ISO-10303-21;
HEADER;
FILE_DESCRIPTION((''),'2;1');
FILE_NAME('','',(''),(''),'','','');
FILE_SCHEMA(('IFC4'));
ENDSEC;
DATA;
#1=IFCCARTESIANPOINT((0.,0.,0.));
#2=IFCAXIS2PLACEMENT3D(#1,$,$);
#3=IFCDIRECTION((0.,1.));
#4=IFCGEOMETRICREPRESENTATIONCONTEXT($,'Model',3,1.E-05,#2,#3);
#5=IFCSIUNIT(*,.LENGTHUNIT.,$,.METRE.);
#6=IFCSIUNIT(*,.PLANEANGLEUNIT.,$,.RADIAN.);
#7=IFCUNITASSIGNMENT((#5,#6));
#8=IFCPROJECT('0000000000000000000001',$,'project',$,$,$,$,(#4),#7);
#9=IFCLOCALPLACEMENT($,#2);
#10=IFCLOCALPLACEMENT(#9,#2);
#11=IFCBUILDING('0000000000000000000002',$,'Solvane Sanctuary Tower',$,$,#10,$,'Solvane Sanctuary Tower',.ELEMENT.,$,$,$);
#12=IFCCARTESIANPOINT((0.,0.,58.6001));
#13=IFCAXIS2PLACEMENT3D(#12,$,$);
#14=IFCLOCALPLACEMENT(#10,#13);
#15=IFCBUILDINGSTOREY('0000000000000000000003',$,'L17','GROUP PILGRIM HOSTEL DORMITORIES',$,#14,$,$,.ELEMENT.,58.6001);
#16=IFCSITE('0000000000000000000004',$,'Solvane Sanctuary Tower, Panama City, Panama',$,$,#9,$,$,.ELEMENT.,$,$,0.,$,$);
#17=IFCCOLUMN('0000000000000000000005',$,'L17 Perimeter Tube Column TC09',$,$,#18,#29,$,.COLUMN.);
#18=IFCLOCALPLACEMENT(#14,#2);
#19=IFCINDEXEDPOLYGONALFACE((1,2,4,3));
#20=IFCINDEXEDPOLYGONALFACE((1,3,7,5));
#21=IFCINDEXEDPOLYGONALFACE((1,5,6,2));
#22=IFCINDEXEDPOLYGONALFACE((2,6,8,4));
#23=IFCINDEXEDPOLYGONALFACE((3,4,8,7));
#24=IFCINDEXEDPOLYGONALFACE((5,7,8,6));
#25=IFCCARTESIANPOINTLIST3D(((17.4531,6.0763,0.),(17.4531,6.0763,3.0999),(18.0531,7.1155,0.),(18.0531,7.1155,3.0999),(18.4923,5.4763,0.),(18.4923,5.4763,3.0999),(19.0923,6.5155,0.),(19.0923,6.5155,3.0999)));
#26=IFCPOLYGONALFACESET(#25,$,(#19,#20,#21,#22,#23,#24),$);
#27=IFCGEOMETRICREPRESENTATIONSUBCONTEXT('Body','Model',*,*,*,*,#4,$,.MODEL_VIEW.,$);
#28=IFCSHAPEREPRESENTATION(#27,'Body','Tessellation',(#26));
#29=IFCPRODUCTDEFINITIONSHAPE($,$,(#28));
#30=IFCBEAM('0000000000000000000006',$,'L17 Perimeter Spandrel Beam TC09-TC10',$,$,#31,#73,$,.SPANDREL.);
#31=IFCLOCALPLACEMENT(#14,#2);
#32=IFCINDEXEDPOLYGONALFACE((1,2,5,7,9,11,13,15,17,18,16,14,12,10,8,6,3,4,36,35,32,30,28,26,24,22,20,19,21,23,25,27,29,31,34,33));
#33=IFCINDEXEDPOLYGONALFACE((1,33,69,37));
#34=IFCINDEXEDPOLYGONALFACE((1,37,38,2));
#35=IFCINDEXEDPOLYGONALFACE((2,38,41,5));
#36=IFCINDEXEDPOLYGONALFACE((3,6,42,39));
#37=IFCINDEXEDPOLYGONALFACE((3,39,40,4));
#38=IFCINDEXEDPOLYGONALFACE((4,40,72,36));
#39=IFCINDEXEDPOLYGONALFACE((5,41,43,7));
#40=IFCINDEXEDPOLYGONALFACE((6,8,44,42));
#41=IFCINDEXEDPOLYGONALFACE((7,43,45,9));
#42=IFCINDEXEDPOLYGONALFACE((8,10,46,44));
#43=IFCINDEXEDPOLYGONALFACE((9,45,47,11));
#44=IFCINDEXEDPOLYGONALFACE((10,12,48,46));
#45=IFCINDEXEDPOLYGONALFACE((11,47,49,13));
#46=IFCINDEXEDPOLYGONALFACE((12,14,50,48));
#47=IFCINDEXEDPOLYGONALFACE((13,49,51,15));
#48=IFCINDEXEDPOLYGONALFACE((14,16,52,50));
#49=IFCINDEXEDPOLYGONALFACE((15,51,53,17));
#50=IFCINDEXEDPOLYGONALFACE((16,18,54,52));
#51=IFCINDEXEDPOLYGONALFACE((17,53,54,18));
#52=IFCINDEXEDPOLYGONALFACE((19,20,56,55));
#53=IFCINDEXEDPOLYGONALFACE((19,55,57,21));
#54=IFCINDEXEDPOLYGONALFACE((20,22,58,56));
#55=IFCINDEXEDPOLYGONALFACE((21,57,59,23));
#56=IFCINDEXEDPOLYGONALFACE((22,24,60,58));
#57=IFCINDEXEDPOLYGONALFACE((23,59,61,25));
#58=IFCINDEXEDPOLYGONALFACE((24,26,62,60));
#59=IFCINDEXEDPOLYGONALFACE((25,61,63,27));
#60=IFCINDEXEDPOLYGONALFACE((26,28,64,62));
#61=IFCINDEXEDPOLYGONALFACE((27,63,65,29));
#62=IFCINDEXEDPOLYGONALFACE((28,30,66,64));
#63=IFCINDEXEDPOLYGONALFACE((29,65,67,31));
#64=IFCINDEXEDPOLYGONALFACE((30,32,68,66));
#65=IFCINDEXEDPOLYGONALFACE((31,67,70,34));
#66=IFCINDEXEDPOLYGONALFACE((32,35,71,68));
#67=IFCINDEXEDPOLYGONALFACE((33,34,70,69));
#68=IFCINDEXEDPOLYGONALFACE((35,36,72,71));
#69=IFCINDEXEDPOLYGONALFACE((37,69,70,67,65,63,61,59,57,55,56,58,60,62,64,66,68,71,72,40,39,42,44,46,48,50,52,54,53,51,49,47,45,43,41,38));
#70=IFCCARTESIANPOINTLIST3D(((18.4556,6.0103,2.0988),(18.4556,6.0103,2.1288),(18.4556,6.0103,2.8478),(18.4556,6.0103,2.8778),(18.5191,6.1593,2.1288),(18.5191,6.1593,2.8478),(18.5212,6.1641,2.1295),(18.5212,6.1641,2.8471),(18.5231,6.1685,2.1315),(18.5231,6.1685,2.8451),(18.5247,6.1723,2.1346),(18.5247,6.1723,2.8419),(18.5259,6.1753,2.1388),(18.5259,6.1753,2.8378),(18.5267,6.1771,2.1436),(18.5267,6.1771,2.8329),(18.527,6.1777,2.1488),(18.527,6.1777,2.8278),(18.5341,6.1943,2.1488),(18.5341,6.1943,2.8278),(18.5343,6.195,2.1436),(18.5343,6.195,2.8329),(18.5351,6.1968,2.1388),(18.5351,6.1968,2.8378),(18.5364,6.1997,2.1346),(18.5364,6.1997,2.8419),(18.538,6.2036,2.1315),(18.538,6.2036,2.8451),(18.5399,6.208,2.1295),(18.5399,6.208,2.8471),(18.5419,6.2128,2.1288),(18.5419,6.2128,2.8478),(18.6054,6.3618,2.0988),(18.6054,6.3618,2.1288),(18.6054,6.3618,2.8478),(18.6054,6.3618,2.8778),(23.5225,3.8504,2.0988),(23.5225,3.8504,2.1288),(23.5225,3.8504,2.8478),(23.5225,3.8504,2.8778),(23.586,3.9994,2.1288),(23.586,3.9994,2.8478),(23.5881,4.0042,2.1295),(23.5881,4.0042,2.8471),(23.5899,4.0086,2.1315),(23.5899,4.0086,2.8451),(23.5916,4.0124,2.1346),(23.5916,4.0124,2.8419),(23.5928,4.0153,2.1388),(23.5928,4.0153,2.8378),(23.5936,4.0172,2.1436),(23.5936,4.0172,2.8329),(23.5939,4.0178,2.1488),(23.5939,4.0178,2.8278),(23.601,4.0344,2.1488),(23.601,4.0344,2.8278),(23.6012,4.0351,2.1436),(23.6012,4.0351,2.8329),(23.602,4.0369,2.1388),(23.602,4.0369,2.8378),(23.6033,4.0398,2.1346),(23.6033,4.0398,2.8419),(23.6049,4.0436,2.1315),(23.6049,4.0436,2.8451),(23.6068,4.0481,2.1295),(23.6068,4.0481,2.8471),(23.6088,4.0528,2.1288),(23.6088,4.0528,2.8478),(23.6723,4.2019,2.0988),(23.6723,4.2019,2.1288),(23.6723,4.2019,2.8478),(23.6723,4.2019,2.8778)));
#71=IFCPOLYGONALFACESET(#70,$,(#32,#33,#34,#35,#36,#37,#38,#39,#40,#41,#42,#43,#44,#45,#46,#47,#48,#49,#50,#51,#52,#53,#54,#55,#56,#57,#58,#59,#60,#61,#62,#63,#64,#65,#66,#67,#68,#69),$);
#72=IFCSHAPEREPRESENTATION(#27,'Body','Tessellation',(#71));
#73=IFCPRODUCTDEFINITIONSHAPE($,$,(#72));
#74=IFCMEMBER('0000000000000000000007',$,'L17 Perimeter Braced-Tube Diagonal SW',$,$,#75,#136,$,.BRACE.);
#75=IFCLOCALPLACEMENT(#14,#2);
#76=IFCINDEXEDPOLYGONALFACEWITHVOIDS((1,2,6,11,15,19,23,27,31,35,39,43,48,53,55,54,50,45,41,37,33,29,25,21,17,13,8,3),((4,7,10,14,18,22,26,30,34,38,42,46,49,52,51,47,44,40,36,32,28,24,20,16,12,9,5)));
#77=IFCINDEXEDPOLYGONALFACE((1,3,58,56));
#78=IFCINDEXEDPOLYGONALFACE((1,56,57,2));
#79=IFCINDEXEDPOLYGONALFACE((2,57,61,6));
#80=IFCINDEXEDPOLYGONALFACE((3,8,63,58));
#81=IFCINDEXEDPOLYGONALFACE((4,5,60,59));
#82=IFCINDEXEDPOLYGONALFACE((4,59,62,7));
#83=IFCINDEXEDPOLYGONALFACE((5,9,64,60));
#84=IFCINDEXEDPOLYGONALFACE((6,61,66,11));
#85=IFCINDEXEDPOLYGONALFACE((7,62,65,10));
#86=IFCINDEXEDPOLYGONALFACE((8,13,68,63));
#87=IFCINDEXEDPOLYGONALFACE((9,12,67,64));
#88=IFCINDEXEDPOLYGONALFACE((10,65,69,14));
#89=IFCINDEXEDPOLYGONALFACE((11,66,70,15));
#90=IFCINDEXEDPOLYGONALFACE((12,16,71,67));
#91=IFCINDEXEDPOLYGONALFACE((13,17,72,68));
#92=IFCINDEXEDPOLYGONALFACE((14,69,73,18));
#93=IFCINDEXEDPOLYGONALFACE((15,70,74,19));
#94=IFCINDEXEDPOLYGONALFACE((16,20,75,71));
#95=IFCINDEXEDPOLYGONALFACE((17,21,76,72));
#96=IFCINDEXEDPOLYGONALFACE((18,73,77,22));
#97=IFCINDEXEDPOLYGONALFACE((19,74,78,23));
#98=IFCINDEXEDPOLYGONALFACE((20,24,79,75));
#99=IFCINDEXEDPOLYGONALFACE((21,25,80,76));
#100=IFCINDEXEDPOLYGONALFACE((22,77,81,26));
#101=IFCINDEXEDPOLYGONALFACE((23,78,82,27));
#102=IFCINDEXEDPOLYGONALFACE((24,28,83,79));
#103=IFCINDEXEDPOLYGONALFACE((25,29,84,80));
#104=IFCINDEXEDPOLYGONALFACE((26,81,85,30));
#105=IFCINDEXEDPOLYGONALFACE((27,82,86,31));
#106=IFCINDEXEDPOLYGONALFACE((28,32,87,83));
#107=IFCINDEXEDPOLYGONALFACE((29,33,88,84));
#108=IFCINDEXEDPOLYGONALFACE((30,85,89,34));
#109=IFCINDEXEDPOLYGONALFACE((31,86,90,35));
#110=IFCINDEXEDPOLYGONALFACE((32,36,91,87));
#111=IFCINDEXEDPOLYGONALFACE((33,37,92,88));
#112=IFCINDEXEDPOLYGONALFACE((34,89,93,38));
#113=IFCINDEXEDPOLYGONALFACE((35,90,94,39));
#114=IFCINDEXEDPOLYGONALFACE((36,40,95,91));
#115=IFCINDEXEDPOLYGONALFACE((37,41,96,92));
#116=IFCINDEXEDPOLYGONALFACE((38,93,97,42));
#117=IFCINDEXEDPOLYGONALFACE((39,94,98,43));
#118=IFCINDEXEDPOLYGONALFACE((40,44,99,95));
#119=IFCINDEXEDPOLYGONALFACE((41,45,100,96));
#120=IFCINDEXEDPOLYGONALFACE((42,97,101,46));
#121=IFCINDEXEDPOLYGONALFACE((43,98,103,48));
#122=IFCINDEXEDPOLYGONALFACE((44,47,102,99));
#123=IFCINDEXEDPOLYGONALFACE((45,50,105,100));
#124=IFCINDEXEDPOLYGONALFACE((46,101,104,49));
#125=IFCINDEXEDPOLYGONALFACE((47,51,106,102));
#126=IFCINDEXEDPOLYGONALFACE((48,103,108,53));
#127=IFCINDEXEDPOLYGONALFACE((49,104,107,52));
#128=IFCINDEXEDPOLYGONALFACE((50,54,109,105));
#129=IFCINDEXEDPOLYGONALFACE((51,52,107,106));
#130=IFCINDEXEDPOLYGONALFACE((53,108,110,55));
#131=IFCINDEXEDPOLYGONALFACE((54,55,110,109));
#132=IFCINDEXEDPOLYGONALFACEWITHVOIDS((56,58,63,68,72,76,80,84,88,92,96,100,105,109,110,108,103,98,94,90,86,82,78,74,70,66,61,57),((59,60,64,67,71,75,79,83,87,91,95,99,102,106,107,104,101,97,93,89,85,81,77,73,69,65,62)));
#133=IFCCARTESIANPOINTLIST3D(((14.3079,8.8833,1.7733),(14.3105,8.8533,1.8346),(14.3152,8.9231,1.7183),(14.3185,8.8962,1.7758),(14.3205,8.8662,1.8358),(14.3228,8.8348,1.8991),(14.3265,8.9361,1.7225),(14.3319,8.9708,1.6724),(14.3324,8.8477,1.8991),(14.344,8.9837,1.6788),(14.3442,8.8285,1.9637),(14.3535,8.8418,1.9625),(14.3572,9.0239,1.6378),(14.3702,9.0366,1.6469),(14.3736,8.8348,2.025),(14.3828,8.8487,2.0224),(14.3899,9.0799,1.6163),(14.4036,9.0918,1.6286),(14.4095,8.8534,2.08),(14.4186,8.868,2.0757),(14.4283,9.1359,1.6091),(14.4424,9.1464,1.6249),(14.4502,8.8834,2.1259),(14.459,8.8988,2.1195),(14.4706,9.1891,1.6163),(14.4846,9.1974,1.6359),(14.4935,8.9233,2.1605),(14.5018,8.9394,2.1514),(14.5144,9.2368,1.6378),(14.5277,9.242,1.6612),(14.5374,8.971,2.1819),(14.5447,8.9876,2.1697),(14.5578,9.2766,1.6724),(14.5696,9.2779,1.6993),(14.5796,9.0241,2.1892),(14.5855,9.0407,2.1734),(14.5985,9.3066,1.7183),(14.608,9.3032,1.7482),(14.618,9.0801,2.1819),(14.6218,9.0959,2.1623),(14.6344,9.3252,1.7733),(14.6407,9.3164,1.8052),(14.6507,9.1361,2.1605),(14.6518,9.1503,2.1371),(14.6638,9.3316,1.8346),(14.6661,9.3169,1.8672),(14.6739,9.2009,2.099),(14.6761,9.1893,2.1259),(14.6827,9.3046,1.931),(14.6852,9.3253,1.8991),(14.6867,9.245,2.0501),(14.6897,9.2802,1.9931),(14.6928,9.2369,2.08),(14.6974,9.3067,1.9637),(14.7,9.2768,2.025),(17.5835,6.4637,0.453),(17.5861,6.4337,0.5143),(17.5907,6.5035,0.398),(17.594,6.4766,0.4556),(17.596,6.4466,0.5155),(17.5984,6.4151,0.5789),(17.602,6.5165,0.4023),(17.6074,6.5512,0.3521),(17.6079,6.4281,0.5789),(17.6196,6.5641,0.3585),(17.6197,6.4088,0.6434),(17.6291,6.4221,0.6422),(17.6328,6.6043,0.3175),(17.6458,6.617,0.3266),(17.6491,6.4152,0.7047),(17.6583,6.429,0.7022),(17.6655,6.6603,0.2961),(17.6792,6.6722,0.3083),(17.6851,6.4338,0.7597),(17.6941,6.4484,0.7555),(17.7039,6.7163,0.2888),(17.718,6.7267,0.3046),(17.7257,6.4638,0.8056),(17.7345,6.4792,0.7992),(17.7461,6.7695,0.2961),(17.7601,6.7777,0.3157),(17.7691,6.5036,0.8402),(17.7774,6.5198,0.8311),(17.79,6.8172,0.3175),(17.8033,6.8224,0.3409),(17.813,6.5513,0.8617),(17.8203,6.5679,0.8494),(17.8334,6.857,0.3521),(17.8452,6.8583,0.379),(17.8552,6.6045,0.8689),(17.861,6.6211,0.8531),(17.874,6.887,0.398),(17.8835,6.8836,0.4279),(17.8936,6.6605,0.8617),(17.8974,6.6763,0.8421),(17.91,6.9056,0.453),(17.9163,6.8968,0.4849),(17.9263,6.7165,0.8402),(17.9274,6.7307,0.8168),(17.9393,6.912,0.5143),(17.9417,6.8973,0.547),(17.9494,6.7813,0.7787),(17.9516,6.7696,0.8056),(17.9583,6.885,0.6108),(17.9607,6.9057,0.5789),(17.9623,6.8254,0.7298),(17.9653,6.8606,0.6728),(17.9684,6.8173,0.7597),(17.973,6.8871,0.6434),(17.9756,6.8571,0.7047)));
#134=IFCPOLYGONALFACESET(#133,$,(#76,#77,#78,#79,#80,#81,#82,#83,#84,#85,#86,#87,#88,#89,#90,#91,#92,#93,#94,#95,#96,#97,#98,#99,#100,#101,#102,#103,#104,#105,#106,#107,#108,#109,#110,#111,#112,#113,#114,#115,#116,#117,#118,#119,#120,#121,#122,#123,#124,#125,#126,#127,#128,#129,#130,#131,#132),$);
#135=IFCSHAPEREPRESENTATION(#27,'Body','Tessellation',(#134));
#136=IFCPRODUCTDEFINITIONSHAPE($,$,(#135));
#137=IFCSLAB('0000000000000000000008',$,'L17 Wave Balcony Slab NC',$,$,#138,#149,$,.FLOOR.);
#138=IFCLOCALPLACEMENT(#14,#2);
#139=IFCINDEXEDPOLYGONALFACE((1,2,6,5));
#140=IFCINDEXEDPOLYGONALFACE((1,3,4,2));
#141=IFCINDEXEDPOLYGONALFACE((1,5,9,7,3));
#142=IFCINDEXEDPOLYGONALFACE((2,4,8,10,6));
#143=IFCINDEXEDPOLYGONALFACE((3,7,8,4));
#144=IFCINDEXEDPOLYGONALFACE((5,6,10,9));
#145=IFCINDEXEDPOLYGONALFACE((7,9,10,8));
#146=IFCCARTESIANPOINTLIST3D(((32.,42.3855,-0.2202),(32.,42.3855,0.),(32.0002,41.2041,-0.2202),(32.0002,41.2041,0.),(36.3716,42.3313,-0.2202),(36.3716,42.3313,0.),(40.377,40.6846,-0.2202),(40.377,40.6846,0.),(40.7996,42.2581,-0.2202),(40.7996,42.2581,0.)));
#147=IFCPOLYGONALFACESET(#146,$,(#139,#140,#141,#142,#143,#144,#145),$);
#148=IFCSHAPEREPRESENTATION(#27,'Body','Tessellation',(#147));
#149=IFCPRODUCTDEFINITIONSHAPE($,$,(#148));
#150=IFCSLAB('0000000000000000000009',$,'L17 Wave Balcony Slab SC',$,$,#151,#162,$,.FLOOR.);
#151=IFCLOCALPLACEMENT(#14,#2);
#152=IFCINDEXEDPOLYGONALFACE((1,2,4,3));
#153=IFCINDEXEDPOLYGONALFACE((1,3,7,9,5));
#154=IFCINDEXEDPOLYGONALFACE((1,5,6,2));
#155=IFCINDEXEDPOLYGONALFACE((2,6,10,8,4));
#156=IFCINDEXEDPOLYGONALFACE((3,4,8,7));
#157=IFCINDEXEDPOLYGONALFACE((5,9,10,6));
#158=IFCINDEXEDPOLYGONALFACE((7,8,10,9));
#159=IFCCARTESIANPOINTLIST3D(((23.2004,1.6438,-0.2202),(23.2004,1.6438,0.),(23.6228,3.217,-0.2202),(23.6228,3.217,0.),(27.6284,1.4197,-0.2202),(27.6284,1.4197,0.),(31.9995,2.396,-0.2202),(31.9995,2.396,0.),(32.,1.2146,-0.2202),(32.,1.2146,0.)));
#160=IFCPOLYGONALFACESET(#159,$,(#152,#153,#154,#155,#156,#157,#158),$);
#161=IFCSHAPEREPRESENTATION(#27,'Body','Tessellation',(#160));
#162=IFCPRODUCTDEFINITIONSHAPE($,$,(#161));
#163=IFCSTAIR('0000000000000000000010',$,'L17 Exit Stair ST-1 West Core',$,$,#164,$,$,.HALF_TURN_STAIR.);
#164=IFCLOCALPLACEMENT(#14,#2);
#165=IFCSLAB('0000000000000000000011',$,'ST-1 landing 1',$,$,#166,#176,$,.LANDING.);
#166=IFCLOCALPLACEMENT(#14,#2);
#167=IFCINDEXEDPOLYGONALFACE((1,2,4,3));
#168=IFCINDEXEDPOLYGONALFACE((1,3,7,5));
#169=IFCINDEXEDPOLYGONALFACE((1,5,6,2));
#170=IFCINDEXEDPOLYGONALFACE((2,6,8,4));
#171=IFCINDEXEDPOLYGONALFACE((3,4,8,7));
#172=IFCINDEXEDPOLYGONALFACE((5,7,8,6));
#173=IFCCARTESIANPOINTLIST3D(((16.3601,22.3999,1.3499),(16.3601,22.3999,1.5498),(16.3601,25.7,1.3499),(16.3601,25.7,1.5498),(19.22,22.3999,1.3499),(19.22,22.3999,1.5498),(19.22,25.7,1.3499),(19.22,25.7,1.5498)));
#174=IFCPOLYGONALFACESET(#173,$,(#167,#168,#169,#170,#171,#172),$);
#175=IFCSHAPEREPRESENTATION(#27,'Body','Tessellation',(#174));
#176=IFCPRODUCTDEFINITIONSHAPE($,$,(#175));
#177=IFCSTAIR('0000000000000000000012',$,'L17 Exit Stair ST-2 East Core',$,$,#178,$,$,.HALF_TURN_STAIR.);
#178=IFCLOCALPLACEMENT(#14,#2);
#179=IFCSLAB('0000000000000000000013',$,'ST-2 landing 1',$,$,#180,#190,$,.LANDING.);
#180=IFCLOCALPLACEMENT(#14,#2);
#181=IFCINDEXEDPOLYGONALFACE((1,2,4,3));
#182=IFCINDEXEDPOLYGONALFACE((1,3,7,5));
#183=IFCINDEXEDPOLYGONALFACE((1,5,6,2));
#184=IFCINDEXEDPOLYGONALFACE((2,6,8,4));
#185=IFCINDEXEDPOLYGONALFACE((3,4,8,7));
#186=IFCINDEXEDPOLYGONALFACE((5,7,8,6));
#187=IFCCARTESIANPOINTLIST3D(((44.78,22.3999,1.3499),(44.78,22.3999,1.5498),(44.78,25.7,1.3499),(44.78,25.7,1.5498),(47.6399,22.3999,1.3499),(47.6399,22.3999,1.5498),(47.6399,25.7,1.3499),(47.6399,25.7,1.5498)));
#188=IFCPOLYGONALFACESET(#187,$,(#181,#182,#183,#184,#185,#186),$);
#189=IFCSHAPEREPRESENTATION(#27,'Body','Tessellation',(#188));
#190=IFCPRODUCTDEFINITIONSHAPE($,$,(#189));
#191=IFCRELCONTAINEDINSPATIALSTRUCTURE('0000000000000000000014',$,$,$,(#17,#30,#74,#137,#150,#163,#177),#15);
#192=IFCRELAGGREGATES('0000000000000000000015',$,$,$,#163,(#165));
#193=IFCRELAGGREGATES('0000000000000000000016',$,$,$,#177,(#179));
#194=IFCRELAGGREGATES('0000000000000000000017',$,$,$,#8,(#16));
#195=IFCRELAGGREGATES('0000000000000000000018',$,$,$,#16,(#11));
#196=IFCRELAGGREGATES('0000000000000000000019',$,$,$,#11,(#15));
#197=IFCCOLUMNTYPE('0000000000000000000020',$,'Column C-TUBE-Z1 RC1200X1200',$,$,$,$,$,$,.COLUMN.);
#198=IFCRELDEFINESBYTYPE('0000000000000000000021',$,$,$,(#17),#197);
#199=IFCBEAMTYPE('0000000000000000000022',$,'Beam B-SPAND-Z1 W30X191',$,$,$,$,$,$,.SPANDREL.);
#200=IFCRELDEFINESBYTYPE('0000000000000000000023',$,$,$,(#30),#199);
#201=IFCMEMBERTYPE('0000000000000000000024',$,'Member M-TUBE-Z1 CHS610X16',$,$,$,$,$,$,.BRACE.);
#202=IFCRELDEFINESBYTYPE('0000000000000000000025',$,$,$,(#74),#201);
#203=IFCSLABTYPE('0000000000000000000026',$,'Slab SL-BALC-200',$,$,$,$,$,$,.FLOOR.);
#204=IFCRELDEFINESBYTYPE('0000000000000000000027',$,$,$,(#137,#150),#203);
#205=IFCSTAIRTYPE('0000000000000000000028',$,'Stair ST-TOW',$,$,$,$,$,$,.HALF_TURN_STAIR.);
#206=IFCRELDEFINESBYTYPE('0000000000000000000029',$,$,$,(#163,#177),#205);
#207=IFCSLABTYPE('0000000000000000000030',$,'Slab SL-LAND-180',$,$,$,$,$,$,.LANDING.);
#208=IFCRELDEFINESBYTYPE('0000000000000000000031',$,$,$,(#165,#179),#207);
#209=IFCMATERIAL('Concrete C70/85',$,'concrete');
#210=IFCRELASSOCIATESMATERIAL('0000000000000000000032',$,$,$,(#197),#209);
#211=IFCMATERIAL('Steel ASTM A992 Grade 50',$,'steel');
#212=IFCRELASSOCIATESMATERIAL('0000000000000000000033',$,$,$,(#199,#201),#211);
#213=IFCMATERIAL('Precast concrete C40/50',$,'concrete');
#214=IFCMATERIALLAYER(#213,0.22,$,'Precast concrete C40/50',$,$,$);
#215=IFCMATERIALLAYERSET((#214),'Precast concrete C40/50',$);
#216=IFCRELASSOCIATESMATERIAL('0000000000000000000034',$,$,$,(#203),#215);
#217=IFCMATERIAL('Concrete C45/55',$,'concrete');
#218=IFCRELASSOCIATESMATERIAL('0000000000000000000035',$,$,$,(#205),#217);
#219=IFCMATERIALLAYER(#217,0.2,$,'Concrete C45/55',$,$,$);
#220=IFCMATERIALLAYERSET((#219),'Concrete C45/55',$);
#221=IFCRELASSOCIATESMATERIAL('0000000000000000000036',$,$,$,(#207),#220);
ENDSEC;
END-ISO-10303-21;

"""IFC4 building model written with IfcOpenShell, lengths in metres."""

from ifc_helpers import new_model, si_unit, direction, frame, origin, origin_2d, place, context, subcontext, project, spatial, polyline, rectangle, hollow_circle, i_section, outline, extrude, material, layer, layer_set, material_profile, profile_set, type_object, element, aggregate, save


model = new_model("IFC4")

# Units and contexts
model_context = context("Model", 3, precision=1e-05, world=origin(), true_north=direction((0.0, 1.0)))
body_context = subcontext(model_context, "Body", "Model", "MODEL_VIEW")
ifc_project = project(units=[si_unit("LENGTHUNIT", "METRE"), si_unit("PLANEANGLEUNIT", "RADIAN")], contexts=[model_context])

# Site, building, storey
site_placement = place(None, origin())
site = spatial("IfcSite", under=ifc_project, at=site_placement, Name="Solvane Sanctuary Tower, Panama City, Panama", CompositionType="ELEMENT", RefElevation=0.0)
building_placement = place(site_placement, origin())
building = spatial("IfcBuilding", under=site, at=building_placement, Name="Solvane Sanctuary Tower", LongName="Solvane Sanctuary Tower", CompositionType="ELEMENT")
storey_placement = place(building_placement, frame((0.0, 0.0, 58.6001)))
storey = spatial("IfcBuildingStorey", under=building, at=storey_placement, Name="L17", Description="GROUP PILGRIM HOSTEL DORMITORIES", CompositionType="ELEMENT", Elevation=58.6001)

# Column
ifc_material_1 = material(Name="Concrete C70/85", Category="concrete")
ifc_material_profile_1 = material_profile(ifc_material_1, rectangle(XDim=1.2, YDim=1.2, at=origin_2d()), Name="RC1200X1200")
ifc_profile_set_1 = profile_set([ifc_material_profile_1], Name="Concrete C70/85")
column_type = type_object("IfcColumnType", Name="Column C-TUBE-Z1 RC1200X1200", PredefinedType="COLUMN", material=ifc_profile_set_1)
column_placement = place(storey_placement, frame((18.2727, 6.2959, 0.0), z_axis=(0.0, 0.0, 1.0), x_axis=(-0.5, -0.866025, 0.0)))
element("IfcColumn", 1, at=column_placement, inside=storey, type_object=column_type, Name="L17 Perimeter Tube Column TC09", PredefinedType="COLUMN", context=body_context, shape_type="SweptSolid", body=[
    extrude(rectangle(XDim=1.2, YDim=1.2, at=origin_2d()), origin(), (0.0, 0.0, 1.0), 3.0999),
])

# Beam
ifc_material_2 = material(Name="Steel ASTM A992 Grade 50", Category="steel")
ifc_material_profile_2 = material_profile(ifc_material_2, i_section(OverallWidth=0.3821, OverallDepth=0.7791, WebThickness=0.0181, FlangeThickness=0.03, FilletRadius=0.02, at=origin_2d()), Name="W30X191")
ifc_profile_set_2 = profile_set([ifc_material_profile_2], Name="Steel ASTM A992 Grade 50")
beam_type = type_object("IfcBeamType", Name="Beam B-SPAND-Z1 W30X191", PredefinedType="SPANDREL", material=ifc_profile_set_2)
beam_placement = place(storey_placement, frame((18.5305, 6.186, 2.4883), z_axis=(0.919907, -0.392137, 0.0), x_axis=(0.392137, 0.919907, 0.0)))
element("IfcBeam", 2, at=beam_placement, inside=storey, type_object=beam_type, Name="L17 Perimeter Spandrel Beam TC09-TC10", PredefinedType="SPANDREL", context=body_context, shape_type="SweptSolid", body=[
    extrude(i_section(OverallWidth=0.3821, OverallDepth=0.7791, WebThickness=0.0181, FlangeThickness=0.03, FilletRadius=0.02, at=origin_2d()), origin(), (0.0, 0.0, 1.0), 5.5081),
])

# Member
ifc_material_profile_3 = material_profile(ifc_material_2, hollow_circle(Radius=0.3049, WallThickness=0.0161, at=origin_2d()), Name="CHS610X16")
ifc_profile_set_3 = profile_set([ifc_material_profile_3], Name="Steel ASTM A992 Grade 50")
member_type = type_object("IfcMemberType", Name="Member M-TUBE-Z1 CHS610X16", PredefinedType="BRACE", material=ifc_profile_set_3)
member_placement = place(storey_placement, frame((17.7795, 6.6604, 0.5789), z_axis=(-0.765138, 0.5652, 0.308405), x_axis=(-0.594162, -0.804346, 0.0)))
element("IfcMember", 3, at=member_placement, inside=storey, type_object=member_type, Name="L17 Perimeter Braced-Tube Diagonal SW", PredefinedType="BRACE", context=body_context, shape_type="SweptSolid", body=[
    extrude(hollow_circle(Radius=0.3049, WallThickness=0.0161, at=origin_2d()), origin(), (0.0, 0.0, 1.0), 4.281),
])

# Slabs
ifc_material_3 = material(Name="Precast concrete C40/50", Category="concrete")
ifc_layer_1 = layer(ifc_material_3, 0.22, Name="Precast concrete C40/50")
ifc_layer_set_1 = layer_set([ifc_layer_1], Name="Precast concrete C40/50")
slab_type_1 = type_object("IfcSlabType", Name="Slab SL-BALC-200", PredefinedType="FLOOR", material=ifc_layer_set_1)
slab_1_placement = place(storey_placement, frame((0.0, 0.0, -0.2202)))
element("IfcSlab", 4, at=slab_1_placement, inside=storey, type_object=slab_type_1, Name="L17 Wave Balcony Slab NC", PredefinedType="FLOOR", context=body_context, shape_type="SweptSolid", body=[
    extrude(outline(polyline([(40.7996, 42.2581), (36.3716, 42.3313), (32.0, 42.3855), (32.0002, 41.2041), (40.377, 40.6846), (40.7996, 42.2581)])), origin(), (0.0, 0.0, 1.0), 0.2202),
])
slab_2_placement = place(storey_placement, frame((0.0, 0.0, -0.2202)))
element("IfcSlab", 5, at=slab_2_placement, inside=storey, type_object=slab_type_1, Name="L17 Wave Balcony Slab SC", PredefinedType="FLOOR", context=body_context, shape_type="SweptSolid", body=[
    extrude(outline(polyline([(23.2004, 1.6438), (27.6284, 1.4197), (32.0, 1.2146), (31.9995, 2.396), (23.6228, 3.217), (23.2004, 1.6438)])), origin(), (0.0, 0.0, 1.0), 0.2202),
])

# Stairs, slabs
ifc_material_4 = material(Name="Concrete C45/55", Category="concrete")
stair_type = type_object("IfcStairType", Name="Stair ST-TOW", PredefinedType="HALF_TURN_STAIR", material=ifc_material_4)
stair_1_placement = place(storey_placement, origin())
stair_1 = element("IfcStair", 6, at=stair_1_placement, inside=storey, type_object=stair_type, Name="L17 Exit Stair ST-1 West Core", PredefinedType="HALF_TURN_STAIR")
ifc_layer_2 = layer(ifc_material_4, 0.2, Name="Concrete C45/55")
ifc_layer_set_2 = layer_set([ifc_layer_2], Name="Concrete C45/55")
slab_type_2 = type_object("IfcSlabType", Name="Slab SL-LAND-180", PredefinedType="LANDING", material=ifc_layer_set_2)
slab_3_placement = place(storey_placement, frame((0.0, 0.0, 1.3499)))
slab_3 = element("IfcSlab", 7, at=slab_3_placement, type_object=slab_type_2, Name="ST-1 landing 1", PredefinedType="LANDING", context=body_context, shape_type="SweptSolid", body=[
    extrude(outline(polyline([(19.22, 22.3999), (19.22, 25.7), (16.3601, 25.7), (16.3601, 22.3999), (19.22, 22.3999)])), origin(), (0.0, 0.0, 1.0), 0.2),
])
aggregate(stair_1, [slab_3])
stair_2_placement = place(storey_placement, origin())
stair_2 = element("IfcStair", 8, at=stair_2_placement, inside=storey, type_object=stair_type, Name="L17 Exit Stair ST-2 East Core", PredefinedType="HALF_TURN_STAIR")
slab_4_placement = place(storey_placement, frame((0.0, 0.0, 1.3499)))
slab_4 = element("IfcSlab", 9, at=slab_4_placement, type_object=slab_type_2, Name="ST-2 landing 1", PredefinedType="LANDING", context=body_context, shape_type="SweptSolid", body=[
    extrude(outline(polyline([(47.6399, 22.3999), (47.6399, 25.7), (44.78, 25.7), (44.78, 22.3999), (47.6399, 22.3999)])), origin(), (0.0, 0.0, 1.0), 0.2),
])
aggregate(stair_2, [slab_4])

save(model, "model.ifc")
